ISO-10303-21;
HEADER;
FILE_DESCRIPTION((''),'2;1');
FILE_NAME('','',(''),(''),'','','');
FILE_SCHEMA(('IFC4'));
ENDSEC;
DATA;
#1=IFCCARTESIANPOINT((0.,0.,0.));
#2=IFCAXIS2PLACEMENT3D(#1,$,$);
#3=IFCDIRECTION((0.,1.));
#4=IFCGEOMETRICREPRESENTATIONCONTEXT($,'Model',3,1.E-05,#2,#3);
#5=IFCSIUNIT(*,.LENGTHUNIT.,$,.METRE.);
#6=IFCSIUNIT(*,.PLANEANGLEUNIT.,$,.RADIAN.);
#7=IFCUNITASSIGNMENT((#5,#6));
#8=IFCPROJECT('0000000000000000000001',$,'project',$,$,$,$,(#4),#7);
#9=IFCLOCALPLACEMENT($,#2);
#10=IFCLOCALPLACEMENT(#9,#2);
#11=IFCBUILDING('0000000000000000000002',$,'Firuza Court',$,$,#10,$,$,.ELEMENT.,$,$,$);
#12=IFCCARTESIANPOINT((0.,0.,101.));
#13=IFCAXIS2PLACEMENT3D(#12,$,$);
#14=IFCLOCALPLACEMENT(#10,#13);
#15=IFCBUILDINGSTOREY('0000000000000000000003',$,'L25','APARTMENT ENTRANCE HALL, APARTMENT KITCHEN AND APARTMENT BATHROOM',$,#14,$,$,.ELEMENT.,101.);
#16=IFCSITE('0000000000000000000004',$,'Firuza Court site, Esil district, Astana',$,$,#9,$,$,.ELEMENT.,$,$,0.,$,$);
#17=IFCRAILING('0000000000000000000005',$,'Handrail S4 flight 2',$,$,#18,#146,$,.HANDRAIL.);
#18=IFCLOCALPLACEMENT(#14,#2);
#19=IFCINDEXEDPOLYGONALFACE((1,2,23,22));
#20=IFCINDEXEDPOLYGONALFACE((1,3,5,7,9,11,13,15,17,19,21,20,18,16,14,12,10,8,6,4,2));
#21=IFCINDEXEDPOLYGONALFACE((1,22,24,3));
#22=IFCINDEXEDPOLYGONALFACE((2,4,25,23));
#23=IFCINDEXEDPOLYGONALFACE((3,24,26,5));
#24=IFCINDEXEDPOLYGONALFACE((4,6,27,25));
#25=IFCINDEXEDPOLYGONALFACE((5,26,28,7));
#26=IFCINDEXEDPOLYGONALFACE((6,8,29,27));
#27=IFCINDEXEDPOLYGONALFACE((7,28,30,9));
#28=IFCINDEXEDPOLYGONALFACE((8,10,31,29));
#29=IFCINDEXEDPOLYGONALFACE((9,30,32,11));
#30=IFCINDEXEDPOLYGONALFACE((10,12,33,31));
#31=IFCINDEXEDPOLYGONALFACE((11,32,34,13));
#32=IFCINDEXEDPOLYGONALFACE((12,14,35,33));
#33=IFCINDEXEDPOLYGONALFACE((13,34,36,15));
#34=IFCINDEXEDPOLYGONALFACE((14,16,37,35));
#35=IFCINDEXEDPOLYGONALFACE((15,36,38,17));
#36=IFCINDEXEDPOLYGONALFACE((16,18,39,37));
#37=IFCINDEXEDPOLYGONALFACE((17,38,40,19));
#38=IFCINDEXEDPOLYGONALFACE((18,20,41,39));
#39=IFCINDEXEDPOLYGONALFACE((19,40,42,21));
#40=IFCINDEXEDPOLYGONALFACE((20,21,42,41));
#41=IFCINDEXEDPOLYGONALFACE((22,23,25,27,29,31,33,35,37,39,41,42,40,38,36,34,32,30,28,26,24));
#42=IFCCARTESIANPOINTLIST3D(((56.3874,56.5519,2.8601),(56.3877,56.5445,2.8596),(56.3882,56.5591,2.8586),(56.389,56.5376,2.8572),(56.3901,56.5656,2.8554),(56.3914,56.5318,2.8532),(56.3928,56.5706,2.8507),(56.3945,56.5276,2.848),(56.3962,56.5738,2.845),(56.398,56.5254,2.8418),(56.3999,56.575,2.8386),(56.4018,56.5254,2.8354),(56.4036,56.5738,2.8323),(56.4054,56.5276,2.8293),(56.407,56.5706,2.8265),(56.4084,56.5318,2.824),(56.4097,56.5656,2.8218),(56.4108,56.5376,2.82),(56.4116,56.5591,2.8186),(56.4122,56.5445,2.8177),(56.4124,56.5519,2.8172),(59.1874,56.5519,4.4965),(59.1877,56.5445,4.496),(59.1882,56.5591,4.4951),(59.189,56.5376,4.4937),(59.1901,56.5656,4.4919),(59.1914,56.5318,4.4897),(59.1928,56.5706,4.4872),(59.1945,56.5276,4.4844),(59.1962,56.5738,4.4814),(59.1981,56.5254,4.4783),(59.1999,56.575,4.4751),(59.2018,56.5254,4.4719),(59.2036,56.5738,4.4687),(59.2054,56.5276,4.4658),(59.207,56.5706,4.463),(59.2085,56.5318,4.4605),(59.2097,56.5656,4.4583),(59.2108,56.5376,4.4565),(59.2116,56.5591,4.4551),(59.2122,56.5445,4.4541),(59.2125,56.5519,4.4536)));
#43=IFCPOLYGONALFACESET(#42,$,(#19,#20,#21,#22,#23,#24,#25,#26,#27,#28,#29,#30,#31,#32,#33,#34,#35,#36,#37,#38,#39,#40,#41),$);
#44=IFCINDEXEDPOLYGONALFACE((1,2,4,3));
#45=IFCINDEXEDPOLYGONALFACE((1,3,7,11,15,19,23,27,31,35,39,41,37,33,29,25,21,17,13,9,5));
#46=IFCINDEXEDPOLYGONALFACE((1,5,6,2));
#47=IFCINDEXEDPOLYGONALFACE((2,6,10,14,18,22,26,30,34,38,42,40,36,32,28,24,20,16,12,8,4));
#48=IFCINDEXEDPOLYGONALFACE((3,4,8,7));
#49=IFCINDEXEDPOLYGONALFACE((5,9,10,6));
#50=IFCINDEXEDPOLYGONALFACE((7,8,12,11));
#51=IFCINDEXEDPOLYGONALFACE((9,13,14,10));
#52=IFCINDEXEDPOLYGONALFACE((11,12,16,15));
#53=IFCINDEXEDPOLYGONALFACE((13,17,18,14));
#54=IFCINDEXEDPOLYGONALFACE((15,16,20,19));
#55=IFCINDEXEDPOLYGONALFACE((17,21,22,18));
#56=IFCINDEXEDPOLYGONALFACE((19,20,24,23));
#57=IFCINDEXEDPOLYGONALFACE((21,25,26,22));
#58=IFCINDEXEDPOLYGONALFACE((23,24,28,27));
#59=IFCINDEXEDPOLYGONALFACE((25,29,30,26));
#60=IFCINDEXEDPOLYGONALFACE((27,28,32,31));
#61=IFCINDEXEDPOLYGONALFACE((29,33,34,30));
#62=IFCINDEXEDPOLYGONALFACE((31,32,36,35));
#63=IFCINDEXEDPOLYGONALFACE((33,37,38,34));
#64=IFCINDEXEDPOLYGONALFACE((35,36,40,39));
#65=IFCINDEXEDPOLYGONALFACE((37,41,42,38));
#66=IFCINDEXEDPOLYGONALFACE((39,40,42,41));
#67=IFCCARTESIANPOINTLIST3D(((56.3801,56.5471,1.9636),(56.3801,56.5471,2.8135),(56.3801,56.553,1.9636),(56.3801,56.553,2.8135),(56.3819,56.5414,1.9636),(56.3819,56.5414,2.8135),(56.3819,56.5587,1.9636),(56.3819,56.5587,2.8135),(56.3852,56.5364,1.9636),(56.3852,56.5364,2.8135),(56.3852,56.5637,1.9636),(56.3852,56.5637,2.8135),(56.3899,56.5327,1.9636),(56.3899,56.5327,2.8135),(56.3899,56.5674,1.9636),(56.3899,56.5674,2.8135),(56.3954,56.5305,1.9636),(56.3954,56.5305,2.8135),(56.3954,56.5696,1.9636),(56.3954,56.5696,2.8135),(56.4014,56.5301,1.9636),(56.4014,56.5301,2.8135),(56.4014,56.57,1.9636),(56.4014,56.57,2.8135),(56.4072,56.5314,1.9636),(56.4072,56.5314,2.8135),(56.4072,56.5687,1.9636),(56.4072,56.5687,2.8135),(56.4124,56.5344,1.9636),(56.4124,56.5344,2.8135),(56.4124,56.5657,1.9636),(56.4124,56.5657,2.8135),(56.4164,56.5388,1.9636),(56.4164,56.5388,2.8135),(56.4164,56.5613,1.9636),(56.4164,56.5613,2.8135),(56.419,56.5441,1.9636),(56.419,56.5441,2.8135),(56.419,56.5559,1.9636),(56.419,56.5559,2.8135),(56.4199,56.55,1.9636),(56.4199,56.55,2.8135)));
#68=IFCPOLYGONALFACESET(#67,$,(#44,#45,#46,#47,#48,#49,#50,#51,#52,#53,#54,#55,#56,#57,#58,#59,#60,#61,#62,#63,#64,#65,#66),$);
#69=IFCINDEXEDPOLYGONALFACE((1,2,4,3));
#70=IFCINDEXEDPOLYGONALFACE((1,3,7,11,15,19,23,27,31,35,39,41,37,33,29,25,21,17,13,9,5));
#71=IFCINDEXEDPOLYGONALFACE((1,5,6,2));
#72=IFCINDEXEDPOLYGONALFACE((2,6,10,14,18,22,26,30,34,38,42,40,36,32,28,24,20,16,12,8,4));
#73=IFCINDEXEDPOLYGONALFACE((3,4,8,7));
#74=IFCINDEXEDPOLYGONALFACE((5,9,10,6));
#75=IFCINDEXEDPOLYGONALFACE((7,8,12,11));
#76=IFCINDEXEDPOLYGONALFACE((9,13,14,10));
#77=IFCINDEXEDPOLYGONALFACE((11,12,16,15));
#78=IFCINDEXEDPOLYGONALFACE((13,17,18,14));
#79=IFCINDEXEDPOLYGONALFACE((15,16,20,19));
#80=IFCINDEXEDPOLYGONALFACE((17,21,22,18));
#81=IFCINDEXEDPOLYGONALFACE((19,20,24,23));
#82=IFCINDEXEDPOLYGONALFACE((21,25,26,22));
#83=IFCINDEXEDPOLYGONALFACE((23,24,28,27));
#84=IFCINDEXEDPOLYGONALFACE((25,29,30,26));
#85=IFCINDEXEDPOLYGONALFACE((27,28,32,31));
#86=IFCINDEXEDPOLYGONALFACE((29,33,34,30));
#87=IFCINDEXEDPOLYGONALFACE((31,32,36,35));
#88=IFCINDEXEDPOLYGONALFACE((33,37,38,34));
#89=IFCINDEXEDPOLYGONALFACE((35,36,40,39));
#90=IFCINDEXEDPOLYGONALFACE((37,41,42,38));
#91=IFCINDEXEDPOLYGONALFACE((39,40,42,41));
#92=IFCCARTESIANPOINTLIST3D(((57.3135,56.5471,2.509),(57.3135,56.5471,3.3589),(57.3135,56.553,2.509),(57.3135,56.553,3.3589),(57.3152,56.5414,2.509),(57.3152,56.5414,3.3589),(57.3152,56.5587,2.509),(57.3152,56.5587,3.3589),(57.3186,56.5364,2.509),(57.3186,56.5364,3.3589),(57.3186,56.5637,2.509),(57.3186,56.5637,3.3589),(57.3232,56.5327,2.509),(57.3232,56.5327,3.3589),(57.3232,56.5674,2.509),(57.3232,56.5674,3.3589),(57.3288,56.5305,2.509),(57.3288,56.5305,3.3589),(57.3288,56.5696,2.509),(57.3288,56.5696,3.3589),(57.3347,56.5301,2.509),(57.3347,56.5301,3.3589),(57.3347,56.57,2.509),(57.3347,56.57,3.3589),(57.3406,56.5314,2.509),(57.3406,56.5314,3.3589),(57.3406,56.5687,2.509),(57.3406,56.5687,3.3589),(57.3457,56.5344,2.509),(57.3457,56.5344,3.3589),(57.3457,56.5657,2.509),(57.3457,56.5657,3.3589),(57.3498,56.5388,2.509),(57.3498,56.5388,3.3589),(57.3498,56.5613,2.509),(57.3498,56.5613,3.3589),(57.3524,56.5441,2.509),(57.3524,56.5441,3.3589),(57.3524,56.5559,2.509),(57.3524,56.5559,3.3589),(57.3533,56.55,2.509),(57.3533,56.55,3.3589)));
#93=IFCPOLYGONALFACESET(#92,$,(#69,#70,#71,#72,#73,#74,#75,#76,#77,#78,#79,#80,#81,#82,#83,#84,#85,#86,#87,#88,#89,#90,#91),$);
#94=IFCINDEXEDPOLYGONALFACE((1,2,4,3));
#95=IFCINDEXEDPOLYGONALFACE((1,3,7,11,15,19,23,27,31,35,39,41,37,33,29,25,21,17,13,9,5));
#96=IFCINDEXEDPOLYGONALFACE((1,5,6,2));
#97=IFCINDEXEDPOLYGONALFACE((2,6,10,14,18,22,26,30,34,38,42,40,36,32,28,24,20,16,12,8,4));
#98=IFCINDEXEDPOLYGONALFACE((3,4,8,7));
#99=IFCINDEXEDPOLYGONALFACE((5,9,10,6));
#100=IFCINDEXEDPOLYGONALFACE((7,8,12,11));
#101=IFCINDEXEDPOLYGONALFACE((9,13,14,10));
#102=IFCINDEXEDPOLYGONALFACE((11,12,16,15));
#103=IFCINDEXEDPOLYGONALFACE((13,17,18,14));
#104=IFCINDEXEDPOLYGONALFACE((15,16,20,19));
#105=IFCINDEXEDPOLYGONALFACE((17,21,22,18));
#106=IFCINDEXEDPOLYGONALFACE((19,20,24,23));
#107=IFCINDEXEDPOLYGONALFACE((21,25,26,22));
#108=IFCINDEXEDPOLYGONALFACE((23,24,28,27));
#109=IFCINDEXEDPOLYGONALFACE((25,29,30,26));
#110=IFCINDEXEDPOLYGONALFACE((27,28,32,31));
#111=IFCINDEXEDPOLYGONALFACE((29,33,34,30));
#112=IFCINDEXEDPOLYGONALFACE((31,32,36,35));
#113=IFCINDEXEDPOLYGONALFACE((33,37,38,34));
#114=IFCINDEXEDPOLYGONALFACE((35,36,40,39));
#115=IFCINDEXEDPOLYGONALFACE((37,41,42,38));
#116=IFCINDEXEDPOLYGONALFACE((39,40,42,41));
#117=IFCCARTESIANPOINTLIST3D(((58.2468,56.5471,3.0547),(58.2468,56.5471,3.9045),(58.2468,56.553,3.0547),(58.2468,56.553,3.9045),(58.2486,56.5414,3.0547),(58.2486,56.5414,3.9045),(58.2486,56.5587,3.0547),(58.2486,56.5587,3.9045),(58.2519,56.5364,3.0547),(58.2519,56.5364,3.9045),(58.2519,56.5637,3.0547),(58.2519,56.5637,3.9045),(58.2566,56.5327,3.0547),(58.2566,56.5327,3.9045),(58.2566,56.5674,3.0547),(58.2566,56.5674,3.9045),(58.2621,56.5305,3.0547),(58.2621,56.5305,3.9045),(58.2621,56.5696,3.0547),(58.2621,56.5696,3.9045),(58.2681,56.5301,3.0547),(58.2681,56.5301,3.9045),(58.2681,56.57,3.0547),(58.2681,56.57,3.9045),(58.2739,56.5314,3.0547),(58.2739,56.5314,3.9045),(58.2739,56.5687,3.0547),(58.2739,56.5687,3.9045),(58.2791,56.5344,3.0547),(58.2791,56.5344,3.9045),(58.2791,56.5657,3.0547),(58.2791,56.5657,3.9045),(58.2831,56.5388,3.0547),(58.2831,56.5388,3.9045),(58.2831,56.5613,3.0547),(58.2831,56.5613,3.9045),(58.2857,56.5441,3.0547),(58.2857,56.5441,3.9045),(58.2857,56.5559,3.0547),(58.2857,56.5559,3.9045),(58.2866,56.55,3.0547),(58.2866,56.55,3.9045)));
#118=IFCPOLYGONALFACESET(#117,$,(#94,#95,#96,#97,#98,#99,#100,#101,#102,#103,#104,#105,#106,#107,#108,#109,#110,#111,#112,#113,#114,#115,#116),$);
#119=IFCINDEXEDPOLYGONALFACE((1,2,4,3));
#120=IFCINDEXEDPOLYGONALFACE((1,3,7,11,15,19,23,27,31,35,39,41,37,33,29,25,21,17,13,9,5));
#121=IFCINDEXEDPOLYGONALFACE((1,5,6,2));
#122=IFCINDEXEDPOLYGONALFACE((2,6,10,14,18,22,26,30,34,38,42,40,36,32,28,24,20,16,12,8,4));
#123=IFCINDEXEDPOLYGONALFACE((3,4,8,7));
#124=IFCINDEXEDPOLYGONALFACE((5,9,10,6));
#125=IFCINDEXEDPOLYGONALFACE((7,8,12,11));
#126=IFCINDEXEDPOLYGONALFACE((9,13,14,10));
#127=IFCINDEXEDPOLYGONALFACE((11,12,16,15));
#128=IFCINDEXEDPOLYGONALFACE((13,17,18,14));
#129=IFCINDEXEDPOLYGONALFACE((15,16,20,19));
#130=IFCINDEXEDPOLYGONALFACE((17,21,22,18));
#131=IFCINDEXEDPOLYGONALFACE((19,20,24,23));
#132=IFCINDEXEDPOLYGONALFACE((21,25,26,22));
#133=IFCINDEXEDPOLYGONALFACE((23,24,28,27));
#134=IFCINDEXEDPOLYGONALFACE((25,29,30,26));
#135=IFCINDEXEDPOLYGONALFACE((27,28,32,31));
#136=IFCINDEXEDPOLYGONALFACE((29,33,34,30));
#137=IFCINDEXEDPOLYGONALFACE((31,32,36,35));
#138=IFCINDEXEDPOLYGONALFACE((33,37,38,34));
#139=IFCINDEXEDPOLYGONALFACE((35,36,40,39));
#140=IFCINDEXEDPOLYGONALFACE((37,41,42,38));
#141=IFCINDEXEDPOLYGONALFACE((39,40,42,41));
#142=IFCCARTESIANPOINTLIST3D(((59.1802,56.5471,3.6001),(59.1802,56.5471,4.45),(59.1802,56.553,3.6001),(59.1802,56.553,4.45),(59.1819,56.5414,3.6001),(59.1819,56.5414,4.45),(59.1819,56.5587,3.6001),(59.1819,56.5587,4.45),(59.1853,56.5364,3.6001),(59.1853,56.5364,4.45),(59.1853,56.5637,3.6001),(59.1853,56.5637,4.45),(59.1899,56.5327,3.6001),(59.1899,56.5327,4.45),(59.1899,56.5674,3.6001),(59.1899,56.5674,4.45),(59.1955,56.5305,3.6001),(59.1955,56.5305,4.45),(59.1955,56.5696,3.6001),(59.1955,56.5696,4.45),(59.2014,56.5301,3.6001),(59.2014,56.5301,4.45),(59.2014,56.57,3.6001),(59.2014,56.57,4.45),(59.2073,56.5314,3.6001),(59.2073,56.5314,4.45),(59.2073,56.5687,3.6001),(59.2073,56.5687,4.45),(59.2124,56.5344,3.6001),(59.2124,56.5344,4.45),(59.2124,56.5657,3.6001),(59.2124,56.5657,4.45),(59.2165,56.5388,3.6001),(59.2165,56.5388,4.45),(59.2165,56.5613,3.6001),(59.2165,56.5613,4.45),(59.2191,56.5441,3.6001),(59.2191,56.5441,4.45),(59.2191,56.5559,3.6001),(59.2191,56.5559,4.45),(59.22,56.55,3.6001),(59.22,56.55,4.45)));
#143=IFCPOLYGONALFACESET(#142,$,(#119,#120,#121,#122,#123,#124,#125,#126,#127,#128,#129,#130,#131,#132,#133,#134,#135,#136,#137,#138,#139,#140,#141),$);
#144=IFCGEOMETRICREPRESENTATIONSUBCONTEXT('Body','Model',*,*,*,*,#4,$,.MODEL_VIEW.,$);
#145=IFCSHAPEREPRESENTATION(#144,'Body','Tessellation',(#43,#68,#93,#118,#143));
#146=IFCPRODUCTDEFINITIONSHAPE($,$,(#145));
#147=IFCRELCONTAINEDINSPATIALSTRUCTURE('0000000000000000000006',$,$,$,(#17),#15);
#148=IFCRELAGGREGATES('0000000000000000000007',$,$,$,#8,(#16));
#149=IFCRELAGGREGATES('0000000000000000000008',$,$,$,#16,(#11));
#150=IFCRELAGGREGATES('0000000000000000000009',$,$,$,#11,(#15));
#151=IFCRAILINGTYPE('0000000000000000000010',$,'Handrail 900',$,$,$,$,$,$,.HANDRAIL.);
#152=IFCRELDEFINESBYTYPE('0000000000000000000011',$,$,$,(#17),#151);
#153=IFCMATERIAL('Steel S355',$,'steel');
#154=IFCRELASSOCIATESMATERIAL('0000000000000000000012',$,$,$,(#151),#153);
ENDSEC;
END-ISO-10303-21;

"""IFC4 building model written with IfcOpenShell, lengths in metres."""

from ifc_helpers import new_model, si_unit, direction, frame, origin, origin_2d, place, context, subcontext, project, spatial, circle, extrude, material, type_object, element, save


model = new_model("IFC4")

# Units and contexts
model_context = context("Model", 3, precision=1e-05, world=origin(), true_north=direction((0.0, 1.0)))
body_context = subcontext(model_context, "Body", "Model", "MODEL_VIEW")
ifc_project = project(units=[si_unit("LENGTHUNIT", "METRE"), si_unit("PLANEANGLEUNIT", "RADIAN")], contexts=[model_context])

# Site, building, storey
site_placement = place(None, origin())
site = spatial("IfcSite", under=ifc_project, at=site_placement, Name="Firuza Court site, Esil district, Astana", CompositionType="ELEMENT", RefElevation=0.0)
building_placement = place(site_placement, origin())
building = spatial("IfcBuilding", under=site, at=building_placement, Name="Firuza Court", CompositionType="ELEMENT")
storey_placement = place(building_placement, frame((0.0, 0.0, 101.0)))
storey = spatial("IfcBuildingStorey", under=building, at=storey_placement, Name="L25", Description="APARTMENT ENTRANCE HALL, APARTMENT KITCHEN AND APARTMENT BATHROOM", CompositionType="ELEMENT", Elevation=101.0)

# Railing
ifc_material_1 = material(Name="Steel S355", Category="steel")
railing_type_1 = type_object("IfcRailingType", Name="Handrail 900", PredefinedType="HANDRAIL", material=ifc_material_1)
railing_1_placement = place(storey_placement, frame((56.3999, 56.55, 1.9636)))
element("IfcRailing", 1, at=railing_1_placement, inside=storey, type_object=railing_type_1, Name="Handrail S4 flight 2", PredefinedType="HANDRAIL", context=body_context, shape_type="SweptSolid", body=[
    extrude(circle(Radius=0.0249, at=origin_2d()), frame((0.0, 0.0, 0.875), z_axis=(0.863361, 0.0, 0.504587), x_axis=(0.0, 1.0, 0.0)), (0.0, 0.0, 1.0), 3.2432),
    extrude(circle(Radius=0.02, at=origin_2d()), origin(), (0.0, 0.0, 1.0), 0.8499),
    extrude(circle(Radius=0.02, at=origin_2d()), frame((0.9333, 0.0, 0.5454)), (0.0, 0.0, 1.0), 0.8499),
    extrude(circle(Radius=0.02, at=origin_2d()), frame((1.8667, 0.0, 1.0911)), (0.0, 0.0, 1.0), 0.8499),
    extrude(circle(Radius=0.02, at=origin_2d()), frame((2.8, 0.0, 1.6365)), (0.0, 0.0, 1.0), 0.8499),
])

save(model, "model.ifc")
